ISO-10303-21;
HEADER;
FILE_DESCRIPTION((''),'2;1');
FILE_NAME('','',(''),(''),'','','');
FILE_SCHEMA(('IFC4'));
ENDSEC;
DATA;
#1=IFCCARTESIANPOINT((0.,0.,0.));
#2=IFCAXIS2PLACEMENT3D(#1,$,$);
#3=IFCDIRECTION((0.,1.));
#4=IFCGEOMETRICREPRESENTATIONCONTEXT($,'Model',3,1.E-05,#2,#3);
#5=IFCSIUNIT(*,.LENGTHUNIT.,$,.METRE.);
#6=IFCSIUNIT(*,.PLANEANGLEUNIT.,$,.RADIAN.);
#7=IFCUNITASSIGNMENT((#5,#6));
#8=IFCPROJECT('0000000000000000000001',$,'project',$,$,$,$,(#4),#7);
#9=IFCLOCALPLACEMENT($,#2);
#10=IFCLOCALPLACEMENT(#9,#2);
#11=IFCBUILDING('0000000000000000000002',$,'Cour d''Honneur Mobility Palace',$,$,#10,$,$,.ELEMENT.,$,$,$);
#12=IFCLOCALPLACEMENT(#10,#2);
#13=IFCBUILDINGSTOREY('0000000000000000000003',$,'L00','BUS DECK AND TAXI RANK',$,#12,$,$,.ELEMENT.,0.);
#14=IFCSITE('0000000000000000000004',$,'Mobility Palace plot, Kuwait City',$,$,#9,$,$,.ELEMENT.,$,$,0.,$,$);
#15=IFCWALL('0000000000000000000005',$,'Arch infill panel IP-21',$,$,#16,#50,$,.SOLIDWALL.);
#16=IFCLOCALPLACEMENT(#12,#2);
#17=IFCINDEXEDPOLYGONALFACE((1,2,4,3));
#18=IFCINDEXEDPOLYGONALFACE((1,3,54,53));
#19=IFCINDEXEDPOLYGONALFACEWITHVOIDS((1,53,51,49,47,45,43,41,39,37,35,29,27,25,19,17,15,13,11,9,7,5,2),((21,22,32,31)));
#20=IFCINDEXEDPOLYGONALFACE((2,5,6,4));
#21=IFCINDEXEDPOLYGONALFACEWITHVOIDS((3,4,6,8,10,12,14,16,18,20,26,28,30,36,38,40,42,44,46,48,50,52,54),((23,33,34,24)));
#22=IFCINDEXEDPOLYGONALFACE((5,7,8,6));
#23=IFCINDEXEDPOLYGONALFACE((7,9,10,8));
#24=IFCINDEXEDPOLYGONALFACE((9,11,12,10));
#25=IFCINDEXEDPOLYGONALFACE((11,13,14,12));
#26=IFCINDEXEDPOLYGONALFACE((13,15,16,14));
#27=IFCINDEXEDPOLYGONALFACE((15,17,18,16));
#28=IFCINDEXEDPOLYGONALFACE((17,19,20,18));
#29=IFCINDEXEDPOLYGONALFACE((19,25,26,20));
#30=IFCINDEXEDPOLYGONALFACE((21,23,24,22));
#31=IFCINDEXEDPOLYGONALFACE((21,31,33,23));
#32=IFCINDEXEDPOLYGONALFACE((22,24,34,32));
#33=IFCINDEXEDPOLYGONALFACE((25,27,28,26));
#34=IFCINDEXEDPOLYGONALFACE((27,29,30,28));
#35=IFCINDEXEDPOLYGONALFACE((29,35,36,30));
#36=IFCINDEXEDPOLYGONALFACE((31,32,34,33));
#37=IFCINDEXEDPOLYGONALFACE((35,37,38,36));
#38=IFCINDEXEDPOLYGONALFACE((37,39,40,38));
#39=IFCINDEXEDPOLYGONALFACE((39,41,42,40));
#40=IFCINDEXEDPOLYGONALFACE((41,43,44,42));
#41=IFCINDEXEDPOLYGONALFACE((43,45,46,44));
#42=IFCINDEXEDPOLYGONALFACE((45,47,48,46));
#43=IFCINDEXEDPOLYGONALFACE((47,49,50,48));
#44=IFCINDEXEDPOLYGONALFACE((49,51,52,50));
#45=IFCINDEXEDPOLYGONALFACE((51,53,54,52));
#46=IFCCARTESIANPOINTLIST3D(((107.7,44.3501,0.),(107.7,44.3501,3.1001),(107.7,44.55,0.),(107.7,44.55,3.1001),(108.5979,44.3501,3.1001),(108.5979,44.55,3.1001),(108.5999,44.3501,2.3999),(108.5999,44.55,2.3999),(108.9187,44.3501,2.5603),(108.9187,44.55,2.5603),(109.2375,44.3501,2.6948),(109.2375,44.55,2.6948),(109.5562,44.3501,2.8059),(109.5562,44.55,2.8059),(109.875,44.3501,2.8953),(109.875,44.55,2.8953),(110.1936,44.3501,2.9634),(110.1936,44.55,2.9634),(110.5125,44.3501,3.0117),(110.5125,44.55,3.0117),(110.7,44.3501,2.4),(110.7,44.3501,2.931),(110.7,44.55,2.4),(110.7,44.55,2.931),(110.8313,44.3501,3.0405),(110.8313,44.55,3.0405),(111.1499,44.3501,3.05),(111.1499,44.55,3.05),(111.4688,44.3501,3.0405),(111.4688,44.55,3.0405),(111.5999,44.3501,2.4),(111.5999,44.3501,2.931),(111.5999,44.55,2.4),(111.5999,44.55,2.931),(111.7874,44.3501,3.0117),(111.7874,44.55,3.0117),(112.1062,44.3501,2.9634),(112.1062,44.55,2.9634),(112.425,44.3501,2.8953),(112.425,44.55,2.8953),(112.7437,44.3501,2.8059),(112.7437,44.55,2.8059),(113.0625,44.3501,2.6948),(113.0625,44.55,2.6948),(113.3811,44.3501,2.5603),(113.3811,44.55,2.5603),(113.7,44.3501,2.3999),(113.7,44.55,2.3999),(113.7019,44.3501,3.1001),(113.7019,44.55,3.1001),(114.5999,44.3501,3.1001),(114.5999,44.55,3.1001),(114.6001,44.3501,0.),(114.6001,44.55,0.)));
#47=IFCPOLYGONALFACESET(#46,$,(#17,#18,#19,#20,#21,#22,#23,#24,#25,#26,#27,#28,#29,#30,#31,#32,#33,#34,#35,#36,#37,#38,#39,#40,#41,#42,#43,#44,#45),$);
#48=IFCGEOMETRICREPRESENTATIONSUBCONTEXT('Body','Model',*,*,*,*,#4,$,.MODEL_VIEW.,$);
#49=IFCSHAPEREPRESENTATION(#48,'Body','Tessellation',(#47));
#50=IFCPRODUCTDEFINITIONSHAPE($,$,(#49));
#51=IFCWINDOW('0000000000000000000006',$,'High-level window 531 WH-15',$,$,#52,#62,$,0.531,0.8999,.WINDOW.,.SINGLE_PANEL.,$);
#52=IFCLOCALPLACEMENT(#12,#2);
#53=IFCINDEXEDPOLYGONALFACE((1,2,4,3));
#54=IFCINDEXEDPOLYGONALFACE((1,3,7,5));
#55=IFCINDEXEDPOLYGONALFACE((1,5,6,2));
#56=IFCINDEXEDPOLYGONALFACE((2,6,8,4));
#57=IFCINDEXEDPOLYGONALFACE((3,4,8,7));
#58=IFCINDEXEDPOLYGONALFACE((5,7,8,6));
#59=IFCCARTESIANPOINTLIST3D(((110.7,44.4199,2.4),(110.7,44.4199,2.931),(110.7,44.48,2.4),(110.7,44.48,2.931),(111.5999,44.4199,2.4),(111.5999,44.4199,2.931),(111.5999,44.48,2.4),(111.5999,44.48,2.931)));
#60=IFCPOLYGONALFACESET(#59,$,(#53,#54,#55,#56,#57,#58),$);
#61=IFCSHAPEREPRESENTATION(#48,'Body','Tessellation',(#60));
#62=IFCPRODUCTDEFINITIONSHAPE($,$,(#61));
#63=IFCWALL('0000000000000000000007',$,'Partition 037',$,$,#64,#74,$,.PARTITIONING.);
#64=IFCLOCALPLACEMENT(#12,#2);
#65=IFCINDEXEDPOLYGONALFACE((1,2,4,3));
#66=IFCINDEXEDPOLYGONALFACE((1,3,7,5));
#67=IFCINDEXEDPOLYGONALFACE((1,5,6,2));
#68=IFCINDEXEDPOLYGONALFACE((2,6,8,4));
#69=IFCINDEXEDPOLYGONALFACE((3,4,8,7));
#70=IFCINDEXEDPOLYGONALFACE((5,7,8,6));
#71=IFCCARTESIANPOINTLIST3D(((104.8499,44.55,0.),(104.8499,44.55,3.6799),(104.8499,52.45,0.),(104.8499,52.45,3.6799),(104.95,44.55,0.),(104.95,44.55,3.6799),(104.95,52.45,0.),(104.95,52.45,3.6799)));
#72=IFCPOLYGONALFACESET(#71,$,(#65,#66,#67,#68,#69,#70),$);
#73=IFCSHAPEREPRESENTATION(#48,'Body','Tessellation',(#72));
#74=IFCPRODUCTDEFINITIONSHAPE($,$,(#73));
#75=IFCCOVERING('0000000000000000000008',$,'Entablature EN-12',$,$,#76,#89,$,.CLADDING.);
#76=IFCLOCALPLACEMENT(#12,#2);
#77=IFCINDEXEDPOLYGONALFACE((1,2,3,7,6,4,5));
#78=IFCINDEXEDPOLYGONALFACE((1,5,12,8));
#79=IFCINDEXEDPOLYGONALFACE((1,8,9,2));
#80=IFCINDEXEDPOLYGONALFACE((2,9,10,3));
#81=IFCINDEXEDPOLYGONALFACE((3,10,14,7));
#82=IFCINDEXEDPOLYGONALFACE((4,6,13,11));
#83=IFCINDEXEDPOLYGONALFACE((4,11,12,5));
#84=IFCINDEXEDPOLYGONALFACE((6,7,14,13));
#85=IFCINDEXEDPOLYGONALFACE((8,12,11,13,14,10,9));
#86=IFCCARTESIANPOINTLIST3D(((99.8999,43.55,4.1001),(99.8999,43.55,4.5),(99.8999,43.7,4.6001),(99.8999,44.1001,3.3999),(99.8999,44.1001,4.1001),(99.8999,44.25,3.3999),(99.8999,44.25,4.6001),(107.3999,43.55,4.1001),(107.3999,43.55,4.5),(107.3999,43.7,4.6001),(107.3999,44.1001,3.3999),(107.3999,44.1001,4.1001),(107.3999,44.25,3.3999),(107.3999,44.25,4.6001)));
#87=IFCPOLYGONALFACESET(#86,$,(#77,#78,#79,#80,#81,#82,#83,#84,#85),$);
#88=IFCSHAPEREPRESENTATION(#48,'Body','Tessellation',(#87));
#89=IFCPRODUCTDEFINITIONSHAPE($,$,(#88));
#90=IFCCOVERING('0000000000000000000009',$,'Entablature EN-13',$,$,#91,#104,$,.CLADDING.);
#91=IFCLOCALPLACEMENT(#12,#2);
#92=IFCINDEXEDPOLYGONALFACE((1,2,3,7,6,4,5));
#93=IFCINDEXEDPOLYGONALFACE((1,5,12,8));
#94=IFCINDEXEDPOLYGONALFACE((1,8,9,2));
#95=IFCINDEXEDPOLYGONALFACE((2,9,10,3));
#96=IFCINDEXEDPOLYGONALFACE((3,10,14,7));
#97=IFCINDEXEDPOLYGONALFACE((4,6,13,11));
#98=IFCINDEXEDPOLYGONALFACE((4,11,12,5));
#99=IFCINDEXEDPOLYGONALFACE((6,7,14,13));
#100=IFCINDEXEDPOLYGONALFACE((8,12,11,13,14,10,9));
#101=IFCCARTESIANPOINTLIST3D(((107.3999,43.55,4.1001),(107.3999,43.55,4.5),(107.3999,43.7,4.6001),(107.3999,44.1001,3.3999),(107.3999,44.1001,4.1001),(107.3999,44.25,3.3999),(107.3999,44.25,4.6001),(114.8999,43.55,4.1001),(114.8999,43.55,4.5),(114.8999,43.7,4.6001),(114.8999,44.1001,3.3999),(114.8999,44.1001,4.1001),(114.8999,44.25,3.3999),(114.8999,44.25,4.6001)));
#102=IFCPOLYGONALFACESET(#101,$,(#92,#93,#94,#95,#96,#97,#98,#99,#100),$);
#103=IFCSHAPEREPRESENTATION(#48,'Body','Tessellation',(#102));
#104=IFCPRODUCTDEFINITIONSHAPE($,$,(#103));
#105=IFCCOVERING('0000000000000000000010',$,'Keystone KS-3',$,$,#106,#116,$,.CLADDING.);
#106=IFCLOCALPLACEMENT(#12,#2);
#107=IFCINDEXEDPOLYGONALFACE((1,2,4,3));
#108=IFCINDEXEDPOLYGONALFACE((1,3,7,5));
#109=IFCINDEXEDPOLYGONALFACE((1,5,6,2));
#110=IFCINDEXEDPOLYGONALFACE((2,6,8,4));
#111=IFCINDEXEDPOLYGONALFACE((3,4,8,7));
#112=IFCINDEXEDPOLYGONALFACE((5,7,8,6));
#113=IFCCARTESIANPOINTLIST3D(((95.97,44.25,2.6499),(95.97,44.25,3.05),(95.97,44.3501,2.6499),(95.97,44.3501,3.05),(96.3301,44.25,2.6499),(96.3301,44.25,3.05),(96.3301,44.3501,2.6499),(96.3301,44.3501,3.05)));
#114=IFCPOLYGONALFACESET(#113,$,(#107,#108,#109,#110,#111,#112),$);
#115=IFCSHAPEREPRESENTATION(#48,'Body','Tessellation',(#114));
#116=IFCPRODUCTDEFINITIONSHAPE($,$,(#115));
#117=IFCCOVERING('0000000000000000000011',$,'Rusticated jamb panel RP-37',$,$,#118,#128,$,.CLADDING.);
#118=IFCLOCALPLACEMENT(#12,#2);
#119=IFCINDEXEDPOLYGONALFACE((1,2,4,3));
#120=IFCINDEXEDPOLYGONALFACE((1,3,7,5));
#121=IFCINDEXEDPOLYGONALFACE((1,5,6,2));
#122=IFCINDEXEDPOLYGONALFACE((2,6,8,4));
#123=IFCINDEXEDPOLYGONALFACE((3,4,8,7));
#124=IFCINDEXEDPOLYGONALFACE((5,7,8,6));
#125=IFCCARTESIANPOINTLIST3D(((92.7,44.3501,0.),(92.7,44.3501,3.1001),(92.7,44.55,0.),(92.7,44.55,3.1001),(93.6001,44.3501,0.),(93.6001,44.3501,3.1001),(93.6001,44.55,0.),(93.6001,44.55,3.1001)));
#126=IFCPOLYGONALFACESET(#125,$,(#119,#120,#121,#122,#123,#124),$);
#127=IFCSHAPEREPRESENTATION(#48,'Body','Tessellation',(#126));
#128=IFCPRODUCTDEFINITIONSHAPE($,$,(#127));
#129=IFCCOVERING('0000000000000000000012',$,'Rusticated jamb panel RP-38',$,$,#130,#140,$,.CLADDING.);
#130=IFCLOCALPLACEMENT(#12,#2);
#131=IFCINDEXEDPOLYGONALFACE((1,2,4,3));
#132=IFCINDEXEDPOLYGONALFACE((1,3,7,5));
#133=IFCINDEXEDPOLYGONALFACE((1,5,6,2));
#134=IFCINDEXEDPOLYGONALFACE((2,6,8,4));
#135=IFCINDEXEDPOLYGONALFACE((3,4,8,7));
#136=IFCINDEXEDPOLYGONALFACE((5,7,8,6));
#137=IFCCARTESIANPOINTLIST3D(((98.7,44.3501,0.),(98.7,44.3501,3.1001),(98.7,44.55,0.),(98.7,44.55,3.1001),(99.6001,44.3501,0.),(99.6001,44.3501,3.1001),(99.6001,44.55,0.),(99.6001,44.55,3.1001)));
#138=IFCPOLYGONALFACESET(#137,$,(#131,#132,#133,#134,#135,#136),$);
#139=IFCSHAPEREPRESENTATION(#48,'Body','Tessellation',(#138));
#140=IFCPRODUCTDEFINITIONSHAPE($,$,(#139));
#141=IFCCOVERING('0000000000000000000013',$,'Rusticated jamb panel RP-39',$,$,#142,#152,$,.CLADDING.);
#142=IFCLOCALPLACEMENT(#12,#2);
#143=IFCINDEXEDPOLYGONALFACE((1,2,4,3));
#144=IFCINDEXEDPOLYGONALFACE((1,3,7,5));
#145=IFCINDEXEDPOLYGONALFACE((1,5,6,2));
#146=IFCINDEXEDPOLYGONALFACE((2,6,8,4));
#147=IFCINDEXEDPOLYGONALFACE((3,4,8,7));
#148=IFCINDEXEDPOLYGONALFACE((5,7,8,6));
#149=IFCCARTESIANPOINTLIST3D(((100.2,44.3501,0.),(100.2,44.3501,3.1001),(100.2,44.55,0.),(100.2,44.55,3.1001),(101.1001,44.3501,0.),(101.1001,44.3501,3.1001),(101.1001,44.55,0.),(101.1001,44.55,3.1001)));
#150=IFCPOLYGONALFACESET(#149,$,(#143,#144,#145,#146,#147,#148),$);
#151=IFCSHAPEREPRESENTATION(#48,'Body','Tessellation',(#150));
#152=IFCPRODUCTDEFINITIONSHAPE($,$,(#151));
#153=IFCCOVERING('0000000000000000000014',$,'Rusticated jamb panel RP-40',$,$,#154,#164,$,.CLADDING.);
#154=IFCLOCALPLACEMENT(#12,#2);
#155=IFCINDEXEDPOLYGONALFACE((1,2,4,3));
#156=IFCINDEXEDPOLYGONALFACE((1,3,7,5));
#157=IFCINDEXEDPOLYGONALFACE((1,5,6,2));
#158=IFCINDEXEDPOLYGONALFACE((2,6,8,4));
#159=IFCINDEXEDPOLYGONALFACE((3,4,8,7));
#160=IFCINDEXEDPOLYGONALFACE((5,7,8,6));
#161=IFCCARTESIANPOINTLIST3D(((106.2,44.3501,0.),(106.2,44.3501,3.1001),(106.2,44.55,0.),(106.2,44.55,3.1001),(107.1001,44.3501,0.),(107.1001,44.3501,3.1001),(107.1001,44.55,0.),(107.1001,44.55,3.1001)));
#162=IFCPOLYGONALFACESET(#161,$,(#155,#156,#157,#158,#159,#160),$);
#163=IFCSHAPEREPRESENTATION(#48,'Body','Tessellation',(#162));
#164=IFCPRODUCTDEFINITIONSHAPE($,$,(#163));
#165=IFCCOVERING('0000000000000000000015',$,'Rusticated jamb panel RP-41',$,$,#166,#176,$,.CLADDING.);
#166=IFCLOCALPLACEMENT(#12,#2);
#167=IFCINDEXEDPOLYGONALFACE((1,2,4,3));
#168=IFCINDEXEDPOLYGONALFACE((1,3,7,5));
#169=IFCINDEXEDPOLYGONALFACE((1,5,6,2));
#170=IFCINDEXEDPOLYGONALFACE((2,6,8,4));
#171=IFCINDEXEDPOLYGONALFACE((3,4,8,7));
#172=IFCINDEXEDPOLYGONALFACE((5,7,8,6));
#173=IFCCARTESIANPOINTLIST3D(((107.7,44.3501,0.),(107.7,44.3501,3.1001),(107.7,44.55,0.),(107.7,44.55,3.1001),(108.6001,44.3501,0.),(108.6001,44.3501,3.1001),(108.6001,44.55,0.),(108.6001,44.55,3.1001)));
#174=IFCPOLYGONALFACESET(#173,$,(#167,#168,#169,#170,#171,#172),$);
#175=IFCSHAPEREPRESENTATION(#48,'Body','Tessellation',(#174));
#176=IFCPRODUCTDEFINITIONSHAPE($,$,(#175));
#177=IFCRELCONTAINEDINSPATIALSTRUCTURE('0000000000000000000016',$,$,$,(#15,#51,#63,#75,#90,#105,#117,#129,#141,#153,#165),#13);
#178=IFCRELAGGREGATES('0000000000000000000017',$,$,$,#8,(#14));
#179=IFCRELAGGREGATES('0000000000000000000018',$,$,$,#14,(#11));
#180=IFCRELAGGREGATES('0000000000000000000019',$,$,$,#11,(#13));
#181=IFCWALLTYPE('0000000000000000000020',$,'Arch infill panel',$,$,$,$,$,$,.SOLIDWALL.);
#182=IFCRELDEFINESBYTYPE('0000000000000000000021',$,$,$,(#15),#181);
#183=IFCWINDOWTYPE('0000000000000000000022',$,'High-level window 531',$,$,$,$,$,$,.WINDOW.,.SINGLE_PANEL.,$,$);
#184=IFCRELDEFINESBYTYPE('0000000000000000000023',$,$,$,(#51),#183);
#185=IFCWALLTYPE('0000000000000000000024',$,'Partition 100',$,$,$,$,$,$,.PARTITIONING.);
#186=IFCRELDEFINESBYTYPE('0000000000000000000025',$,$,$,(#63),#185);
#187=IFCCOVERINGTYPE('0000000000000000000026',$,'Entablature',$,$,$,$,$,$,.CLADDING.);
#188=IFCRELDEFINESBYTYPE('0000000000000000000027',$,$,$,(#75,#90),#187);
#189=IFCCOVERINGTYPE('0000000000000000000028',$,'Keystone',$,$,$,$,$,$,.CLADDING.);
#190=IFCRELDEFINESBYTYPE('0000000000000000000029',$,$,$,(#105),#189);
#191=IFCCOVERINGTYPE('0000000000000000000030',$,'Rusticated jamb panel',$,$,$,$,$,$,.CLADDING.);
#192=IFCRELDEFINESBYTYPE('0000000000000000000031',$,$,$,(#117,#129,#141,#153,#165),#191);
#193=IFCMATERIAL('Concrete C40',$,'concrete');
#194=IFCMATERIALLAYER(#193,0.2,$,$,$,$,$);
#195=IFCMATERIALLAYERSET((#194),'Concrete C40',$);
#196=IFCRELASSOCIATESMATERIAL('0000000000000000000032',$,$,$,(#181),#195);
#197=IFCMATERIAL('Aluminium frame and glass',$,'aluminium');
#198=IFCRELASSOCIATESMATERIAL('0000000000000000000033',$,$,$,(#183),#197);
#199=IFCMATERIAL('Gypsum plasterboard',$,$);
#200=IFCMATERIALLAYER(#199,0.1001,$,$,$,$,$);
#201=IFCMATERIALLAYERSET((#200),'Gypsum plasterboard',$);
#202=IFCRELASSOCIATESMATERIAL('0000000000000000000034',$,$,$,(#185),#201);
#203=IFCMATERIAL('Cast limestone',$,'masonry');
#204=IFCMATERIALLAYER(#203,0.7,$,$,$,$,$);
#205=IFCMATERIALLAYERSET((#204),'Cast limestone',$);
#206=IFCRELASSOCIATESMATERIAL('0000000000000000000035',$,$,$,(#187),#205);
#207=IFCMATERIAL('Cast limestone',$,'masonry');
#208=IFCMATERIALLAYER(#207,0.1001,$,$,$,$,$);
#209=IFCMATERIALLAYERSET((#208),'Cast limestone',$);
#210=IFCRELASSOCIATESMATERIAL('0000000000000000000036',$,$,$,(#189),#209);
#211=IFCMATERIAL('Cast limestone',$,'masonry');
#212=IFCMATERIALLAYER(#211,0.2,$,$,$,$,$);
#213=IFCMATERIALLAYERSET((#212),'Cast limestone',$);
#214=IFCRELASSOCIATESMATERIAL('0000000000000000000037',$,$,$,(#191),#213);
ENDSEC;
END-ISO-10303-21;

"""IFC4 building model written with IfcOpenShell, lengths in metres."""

from ifc_helpers import new_model, si_unit, direction, frame, frame_2d, origin, place, context, subcontext, project, spatial, polyline, rectangle, outline, extrude, material, layer, layer_set, type_object, element, fill, save


model = new_model("IFC4")

# Units and contexts
model_context = context("Model", 3, precision=1e-05, world=origin(), true_north=direction((0.0, 1.0)))
body_context = subcontext(model_context, "Body", "Model", "MODEL_VIEW")
ifc_project = project(units=[si_unit("LENGTHUNIT", "METRE"), si_unit("PLANEANGLEUNIT", "RADIAN")], contexts=[model_context])

# Site, building, storey
site_placement = place(None, origin())
site = spatial("IfcSite", under=ifc_project, at=site_placement, Name="Mobility Palace plot, Kuwait City", CompositionType="ELEMENT", RefElevation=0.0)
building_placement = place(site_placement, origin())
building = spatial("IfcBuilding", under=site, at=building_placement, Name="Cour d'Honneur Mobility Palace", CompositionType="ELEMENT")
storey_placement = place(building_placement, origin())
storey = spatial("IfcBuildingStorey", under=building, at=storey_placement, Name="L00", Description="BUS DECK AND TAXI RANK", CompositionType="ELEMENT", Elevation=0.0)

# Shared definitions
ifc_material_1 = material(Name="Concrete C40", Category="concrete")
ifc_layer_1 = layer(ifc_material_1, 0.2)
ifc_layer_set_1 = layer_set([ifc_layer_1], Name="Concrete C40")
wall_type_1 = type_object("IfcWallType", Name="Arch infill panel", PredefinedType="SOLIDWALL", material=ifc_layer_set_1)

# Wall, opening, window
ifc_material_2 = material(Name="Aluminium frame and glass", Category="aluminium")
window_type = type_object("IfcWindowType", Name="High-level window 531", PartitioningType="SINGLE_PANEL", PredefinedType="WINDOW", material=ifc_material_2)
wall_1_placement = place(storey_placement, frame((107.7, 44.45, 0.0), z_axis=(0.0, 0.0, 1.0), x_axis=(1.0, 0.0, 0.0)))
wall_1 = element("IfcWall", 1, at=wall_1_placement, inside=storey, type_object=wall_type_1, Name="Arch infill panel IP-21", PredefinedType="SOLIDWALL", context=body_context, shape_type="SweptSolid", body=[
    extrude(outline(polyline([(0.0, 0.0), (6.9001, 0.0), (6.8999, 3.1001), (6.002, 3.1001), (6.0, 2.3999), (5.6812, 2.5603), (5.3625, 2.6948), (5.0437, 2.8059), (4.7251, 2.8953), (4.4062, 2.9634), (4.0874, 3.0117), (3.7688, 3.0405), (3.45, 3.05), (3.1313, 3.0405), (2.8125, 3.0117), (2.4937, 2.9634), (2.175, 2.8953), (1.8562, 2.8059), (1.5376, 2.6948), (1.2188, 2.5603), (0.8999, 2.3999), (0.8979, 3.1001), (0.0, 3.1001), (0.0, 0.0)])), frame((0.0, 0.1001, 0.0), z_axis=(0.0, -1.0, 0.0), x_axis=(1.0, 0.0, 0.0)), (0.0, 0.0, 1.0), 0.2),
])
opening_1_placement = place(wall_1_placement, frame((3.0, 0.0, 2.3999)))
opening_1 = element("IfcOpeningElement", 2, at=opening_1_placement, cuts=wall_1, PredefinedType="OPENING", context=body_context, shape_type="SweptSolid", body=[
    extrude(rectangle(XDim=0.8999, YDim=0.531, at=frame_2d((0.45, 0.2656))), frame((0.0, 0.1099, 0.0), z_axis=(0.0, -1.0, 0.0), x_axis=(1.0, 0.0, 0.0)), (0.0, 0.0, 1.0), 0.22),
])
window_1_placement = place(opening_1_placement, origin())
window_1 = element("IfcWindow", 3, at=window_1_placement, inside=storey, type_object=window_type, Name="High-level window 531 WH-15", OverallHeight=0.531, OverallWidth=0.8999, PartitioningType="SINGLE_PANEL", PredefinedType="WINDOW", context=body_context, shape_type="SweptSolid", body=[
    extrude(rectangle(XDim=0.8999, YDim=0.531, at=frame_2d((0.45, 0.2656))), frame((0.0, 0.03, 0.0), z_axis=(0.0, -1.0, 0.0), x_axis=(1.0, 0.0, 0.0)), (0.0, 0.0, 1.0), 0.0601),
])
fill(opening_1, window_1)

# Wall
ifc_material_3 = material(Name="Gypsum plasterboard")
ifc_layer_2 = layer(ifc_material_3, 0.1001)
ifc_layer_set_2 = layer_set([ifc_layer_2], Name="Gypsum plasterboard")
wall_type_2 = type_object("IfcWallType", Name="Partition 100", PredefinedType="PARTITIONING", material=ifc_layer_set_2)
wall_2_placement = place(storey_placement, frame((104.8999, 44.55, 0.0), z_axis=(0.0, 0.0, 1.0), x_axis=(0.0, 1.0, 0.0)))
element("IfcWall", 4, at=wall_2_placement, inside=storey, type_object=wall_type_2, Name="Partition 037", PredefinedType="PARTITIONING", context=body_context, shape_type="SweptSolid", body=[
    extrude(rectangle(XDim=7.8999, YDim=0.1001, at=frame_2d((3.95, 0.0))), origin(), (0.0, 0.0, 1.0), 3.6799),
])

# Coverings
ifc_material_4 = material(Name="Cast limestone", Category="masonry")
ifc_layer_3 = layer(ifc_material_4, 0.7)
ifc_layer_set_3 = layer_set([ifc_layer_3], Name="Cast limestone")
covering_type_1 = type_object("IfcCoveringType", Name="Entablature", PredefinedType="CLADDING", material=ifc_layer_set_3)
for number, where, z_axis, x_axis, name in (
    (5, (99.8999, 44.25, 3.3999), (-1.0, 0.0, 0.0), (0.0, -1.0, 0.0), "Entablature EN-12"),
    (6, (107.3999, 44.25, 3.3999), (-1.0, 0.0, 0.0), (0.0, -1.0, 0.0), "Entablature EN-13"),
):
    element("IfcCovering", number, at=place(storey_placement, frame(where, z_axis=z_axis, x_axis=x_axis)), inside=storey, type_object=covering_type_1, Name=name, PredefinedType="CLADDING", context=body_context, shape_type="SweptSolid", body=[
        extrude(outline(polyline([(0.0, 0.0), (0.1499, 0.0), (0.1499, 0.7002), (0.7, 0.7002), (0.7, 1.1001), (0.55, 1.2002), (0.0, 1.2002), (0.0, 0.0)])), origin(), (0.0, 0.0, -1.0), 7.5),
    ])
ifc_material_5 = material(Name="Cast limestone", Category="masonry")
ifc_layer_4 = layer(ifc_material_5, 0.1001)
ifc_layer_set_4 = layer_set([ifc_layer_4], Name="Cast limestone")
covering_type_2 = type_object("IfcCoveringType", Name="Keystone", PredefinedType="CLADDING", material=ifc_layer_set_4)
covering_placement = place(storey_placement, frame((95.97, 44.25, 2.6499), z_axis=(0.0, -1.0, 0.0), x_axis=(1.0, 0.0, 0.0)))
element("IfcCovering", 7, at=covering_placement, inside=storey, type_object=covering_type_2, Name="Keystone KS-3", PredefinedType="CLADDING", context=body_context, shape_type="SweptSolid", body=[
    extrude(outline(polyline([(0.0, 0.0), (0.3601, 0.0), (0.3601, 0.4001), (0.0, 0.4001), (0.0, 0.0)])), origin(), (0.0, 0.0, -1.0), 0.1001),
])
ifc_material_6 = material(Name="Cast limestone", Category="masonry")
ifc_layer_5 = layer(ifc_material_6, 0.2)
ifc_layer_set_5 = layer_set([ifc_layer_5], Name="Cast limestone")
covering_type_3 = type_object("IfcCoveringType", Name="Rusticated jamb panel", PredefinedType="CLADDING", material=ifc_layer_set_5)
for number, where, z_axis, x_axis, name in (
    (8, (92.7, 44.3501, 0.0), (0.0, -1.0, 0.0), (1.0, 0.0, 0.0), "Rusticated jamb panel RP-37"),
    (9, (98.7, 44.3501, 0.0), (0.0, -1.0, 0.0), (1.0, 0.0, 0.0), "Rusticated jamb panel RP-38"),
    (10, (100.2, 44.3501, 0.0), (0.0, -1.0, 0.0), (1.0, 0.0, 0.0), "Rusticated jamb panel RP-39"),
    (11, (106.2, 44.3501, 0.0), (0.0, -1.0, 0.0), (1.0, 0.0, 0.0), "Rusticated jamb panel RP-40"),
    (12, (107.7, 44.3501, 0.0), (0.0, -1.0, 0.0), (1.0, 0.0, 0.0), "Rusticated jamb panel RP-41"),
):
    element("IfcCovering", number, at=place(storey_placement, frame(where, z_axis=z_axis, x_axis=x_axis)), inside=storey, type_object=covering_type_3, Name=name, PredefinedType="CLADDING", context=body_context, shape_type="SweptSolid", body=[
        extrude(outline(polyline([(0.0, 0.0), (0.9001, 0.0), (0.9001, 3.1001), (0.0, 3.1001), (0.0, 0.0)])), origin(), (0.0, 0.0, -1.0), 0.2),
    ])

save(model, "model.ifc")
